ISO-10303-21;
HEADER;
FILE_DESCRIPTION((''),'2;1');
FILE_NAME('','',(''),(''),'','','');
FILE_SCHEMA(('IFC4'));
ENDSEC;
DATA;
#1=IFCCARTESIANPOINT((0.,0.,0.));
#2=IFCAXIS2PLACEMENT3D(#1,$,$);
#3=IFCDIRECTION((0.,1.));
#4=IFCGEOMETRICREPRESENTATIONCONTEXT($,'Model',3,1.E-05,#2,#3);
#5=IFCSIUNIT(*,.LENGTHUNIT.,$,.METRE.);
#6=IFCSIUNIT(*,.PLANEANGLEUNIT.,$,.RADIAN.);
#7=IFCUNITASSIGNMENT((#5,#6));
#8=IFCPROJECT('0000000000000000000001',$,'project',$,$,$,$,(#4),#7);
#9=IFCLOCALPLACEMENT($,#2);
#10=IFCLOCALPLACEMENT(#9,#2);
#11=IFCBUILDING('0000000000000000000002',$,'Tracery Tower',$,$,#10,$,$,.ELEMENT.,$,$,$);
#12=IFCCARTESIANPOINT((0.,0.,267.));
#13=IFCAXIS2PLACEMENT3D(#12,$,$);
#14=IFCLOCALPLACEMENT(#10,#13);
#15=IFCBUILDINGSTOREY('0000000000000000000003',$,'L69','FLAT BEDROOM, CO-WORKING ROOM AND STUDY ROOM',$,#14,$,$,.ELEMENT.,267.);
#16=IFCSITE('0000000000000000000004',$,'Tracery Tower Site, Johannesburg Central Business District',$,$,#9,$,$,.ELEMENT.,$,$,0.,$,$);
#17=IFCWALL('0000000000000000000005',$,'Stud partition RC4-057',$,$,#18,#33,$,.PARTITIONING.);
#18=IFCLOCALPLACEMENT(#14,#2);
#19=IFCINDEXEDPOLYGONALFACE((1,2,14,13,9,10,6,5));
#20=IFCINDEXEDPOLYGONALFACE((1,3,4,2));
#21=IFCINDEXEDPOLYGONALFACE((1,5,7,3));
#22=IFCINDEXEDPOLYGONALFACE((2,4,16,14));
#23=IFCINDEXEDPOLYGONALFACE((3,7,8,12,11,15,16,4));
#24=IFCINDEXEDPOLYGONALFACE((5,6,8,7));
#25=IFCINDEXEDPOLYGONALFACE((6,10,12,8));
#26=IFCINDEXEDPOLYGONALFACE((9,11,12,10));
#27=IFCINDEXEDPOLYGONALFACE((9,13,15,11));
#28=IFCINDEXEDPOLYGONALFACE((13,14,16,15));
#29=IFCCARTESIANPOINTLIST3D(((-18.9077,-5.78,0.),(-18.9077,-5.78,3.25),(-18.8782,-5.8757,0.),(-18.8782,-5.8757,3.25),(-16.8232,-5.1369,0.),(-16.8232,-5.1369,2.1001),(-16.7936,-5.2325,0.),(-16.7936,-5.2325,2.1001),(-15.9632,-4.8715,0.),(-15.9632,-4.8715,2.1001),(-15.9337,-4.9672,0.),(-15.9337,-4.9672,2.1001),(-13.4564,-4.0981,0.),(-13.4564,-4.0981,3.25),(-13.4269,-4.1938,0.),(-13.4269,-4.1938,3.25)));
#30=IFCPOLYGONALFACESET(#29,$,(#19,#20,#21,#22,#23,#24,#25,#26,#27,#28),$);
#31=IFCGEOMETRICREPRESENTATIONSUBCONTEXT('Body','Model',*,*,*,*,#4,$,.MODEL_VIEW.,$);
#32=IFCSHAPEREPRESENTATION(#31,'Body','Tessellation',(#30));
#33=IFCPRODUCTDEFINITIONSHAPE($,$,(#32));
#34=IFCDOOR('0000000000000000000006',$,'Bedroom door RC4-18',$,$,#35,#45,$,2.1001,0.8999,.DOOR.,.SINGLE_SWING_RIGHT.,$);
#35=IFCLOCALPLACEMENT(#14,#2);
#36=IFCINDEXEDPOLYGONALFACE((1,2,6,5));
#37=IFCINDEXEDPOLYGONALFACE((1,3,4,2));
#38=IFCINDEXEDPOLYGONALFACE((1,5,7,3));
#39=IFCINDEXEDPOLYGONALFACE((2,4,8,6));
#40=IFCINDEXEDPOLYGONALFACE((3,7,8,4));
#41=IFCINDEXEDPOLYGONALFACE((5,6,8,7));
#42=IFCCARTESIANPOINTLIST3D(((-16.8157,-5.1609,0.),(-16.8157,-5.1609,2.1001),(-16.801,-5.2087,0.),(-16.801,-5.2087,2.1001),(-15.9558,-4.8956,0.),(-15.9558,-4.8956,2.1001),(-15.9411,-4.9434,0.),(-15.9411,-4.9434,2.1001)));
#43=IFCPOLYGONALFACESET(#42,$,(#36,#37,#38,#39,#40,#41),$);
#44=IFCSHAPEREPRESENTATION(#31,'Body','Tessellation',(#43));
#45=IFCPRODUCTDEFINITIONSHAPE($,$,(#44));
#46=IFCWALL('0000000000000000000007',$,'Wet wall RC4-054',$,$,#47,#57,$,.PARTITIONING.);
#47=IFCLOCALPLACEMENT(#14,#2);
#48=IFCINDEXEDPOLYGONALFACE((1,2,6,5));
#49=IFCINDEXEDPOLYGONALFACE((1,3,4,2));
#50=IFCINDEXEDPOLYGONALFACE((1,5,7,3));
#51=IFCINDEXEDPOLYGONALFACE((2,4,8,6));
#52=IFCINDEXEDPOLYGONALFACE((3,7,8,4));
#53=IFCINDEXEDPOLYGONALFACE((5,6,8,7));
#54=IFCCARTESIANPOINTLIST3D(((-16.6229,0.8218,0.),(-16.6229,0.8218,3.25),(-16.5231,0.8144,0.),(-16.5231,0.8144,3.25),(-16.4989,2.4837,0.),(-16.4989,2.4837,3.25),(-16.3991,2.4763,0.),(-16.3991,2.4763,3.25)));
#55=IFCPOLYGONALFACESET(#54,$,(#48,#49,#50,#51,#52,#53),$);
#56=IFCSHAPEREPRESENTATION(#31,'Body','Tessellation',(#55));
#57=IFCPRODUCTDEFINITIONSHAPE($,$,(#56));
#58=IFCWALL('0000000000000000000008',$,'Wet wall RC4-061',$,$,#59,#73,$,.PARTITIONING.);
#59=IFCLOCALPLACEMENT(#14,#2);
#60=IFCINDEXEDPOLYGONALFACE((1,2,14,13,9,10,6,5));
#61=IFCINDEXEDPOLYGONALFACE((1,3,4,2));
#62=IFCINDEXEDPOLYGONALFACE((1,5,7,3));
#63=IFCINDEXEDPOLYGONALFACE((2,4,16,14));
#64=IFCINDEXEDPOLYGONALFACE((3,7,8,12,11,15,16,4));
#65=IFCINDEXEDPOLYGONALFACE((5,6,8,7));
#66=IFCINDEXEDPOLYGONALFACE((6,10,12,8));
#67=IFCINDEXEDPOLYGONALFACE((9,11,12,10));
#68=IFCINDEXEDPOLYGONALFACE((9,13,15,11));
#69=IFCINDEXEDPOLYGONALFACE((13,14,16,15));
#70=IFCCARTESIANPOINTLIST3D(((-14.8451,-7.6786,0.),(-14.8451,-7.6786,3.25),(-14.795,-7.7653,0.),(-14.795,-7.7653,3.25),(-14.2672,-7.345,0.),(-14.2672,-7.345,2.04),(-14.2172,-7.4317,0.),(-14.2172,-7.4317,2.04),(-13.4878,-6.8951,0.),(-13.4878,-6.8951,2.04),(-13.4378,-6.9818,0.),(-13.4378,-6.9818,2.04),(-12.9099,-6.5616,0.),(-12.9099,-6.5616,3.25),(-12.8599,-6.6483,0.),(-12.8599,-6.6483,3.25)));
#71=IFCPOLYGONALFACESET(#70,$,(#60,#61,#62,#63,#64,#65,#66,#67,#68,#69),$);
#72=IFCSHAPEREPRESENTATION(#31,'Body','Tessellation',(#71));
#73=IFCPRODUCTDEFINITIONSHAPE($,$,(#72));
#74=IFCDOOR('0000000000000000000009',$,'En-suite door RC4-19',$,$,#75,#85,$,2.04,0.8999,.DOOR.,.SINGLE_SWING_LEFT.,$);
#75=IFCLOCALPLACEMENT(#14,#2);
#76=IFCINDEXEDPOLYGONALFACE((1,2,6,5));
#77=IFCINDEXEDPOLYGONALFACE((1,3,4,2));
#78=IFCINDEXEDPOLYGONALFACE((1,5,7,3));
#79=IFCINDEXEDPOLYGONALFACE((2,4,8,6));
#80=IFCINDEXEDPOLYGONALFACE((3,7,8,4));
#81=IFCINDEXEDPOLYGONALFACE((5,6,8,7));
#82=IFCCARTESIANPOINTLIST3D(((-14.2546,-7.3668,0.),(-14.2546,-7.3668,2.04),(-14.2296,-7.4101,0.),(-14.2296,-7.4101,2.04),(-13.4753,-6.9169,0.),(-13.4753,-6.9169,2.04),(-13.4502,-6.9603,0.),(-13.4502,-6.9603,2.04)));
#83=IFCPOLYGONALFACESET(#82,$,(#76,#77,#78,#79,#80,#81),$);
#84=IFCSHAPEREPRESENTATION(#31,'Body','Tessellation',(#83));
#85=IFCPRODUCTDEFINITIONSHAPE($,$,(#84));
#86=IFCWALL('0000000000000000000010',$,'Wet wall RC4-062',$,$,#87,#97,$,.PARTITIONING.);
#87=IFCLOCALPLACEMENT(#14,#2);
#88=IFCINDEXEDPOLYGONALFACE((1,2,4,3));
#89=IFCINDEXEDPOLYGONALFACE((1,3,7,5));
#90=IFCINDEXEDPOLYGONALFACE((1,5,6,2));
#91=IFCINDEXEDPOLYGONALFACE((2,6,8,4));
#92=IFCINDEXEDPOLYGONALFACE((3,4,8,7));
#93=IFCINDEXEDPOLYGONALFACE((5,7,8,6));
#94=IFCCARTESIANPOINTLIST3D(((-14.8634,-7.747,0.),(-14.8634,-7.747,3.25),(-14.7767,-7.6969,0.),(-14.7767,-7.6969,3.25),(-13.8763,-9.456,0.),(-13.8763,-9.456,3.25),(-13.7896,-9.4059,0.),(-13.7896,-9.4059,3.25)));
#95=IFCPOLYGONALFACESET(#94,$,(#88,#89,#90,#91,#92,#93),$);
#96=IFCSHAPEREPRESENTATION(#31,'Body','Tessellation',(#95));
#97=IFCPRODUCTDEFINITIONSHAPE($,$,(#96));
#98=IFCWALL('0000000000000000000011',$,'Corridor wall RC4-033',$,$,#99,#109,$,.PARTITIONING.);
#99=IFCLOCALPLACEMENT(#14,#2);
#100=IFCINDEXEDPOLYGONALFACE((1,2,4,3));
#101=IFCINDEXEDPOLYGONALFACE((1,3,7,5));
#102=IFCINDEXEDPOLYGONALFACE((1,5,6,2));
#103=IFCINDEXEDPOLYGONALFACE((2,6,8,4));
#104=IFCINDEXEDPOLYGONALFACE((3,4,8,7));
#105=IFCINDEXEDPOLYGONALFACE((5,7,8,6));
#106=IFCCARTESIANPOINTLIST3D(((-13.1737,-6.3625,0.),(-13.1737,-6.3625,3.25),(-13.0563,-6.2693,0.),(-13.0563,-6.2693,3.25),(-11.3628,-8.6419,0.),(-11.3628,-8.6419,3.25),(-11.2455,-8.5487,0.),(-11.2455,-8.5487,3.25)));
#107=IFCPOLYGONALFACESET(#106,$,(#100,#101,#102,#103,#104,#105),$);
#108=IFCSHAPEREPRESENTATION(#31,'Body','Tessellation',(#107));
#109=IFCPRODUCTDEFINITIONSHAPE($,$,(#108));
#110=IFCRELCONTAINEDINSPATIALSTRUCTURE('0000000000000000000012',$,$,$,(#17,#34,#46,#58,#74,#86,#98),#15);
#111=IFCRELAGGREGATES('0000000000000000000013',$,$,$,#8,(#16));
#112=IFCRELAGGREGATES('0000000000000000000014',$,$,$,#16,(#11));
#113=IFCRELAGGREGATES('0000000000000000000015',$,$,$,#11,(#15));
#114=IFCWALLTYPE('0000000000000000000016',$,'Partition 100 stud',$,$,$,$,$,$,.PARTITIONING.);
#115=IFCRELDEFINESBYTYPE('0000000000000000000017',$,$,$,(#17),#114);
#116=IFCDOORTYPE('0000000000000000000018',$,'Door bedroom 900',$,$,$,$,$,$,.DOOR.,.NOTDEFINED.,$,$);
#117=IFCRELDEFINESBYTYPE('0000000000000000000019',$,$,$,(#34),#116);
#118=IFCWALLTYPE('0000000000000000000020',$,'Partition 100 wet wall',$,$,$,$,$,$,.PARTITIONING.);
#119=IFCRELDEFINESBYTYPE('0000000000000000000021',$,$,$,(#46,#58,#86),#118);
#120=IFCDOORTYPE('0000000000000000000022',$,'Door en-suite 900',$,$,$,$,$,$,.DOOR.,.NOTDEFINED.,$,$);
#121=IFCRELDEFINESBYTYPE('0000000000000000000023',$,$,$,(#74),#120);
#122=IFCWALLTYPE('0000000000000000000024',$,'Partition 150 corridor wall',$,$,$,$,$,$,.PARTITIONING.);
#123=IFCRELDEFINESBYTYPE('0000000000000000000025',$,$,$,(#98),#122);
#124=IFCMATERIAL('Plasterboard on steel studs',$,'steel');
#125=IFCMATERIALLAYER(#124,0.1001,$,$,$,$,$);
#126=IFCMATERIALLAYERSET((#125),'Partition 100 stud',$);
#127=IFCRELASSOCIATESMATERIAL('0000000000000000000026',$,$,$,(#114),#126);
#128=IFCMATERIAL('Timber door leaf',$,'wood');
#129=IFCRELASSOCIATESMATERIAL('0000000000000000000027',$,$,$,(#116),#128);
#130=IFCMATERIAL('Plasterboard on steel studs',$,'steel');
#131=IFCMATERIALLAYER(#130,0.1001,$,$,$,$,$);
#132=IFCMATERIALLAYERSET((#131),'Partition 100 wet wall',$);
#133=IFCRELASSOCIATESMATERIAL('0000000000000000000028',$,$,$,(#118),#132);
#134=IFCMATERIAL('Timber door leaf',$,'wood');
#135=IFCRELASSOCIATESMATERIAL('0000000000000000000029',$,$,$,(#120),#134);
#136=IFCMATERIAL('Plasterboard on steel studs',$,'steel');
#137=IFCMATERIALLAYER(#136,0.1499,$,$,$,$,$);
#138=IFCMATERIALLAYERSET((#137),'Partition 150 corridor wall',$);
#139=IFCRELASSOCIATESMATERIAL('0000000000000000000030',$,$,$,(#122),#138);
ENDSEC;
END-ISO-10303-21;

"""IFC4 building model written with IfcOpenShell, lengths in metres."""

from ifc_helpers import new_model, si_unit, direction, frame, frame_2d, origin, place, context, subcontext, project, spatial, rectangle, extrude, material, layer, layer_set, type_object, element, fill, save


model = new_model("IFC4")

# Units and contexts
model_context = context("Model", 3, precision=1e-05, world=origin(), true_north=direction((0.0, 1.0)))
body_context = subcontext(model_context, "Body", "Model", "MODEL_VIEW")
ifc_project = project(units=[si_unit("LENGTHUNIT", "METRE"), si_unit("PLANEANGLEUNIT", "RADIAN")], contexts=[model_context])

# Site, building, storey
site_placement = place(None, origin())
site = spatial("IfcSite", under=ifc_project, at=site_placement, Name="Tracery Tower Site, Johannesburg Central Business District", CompositionType="ELEMENT", RefElevation=0.0)
building_placement = place(site_placement, origin())
building = spatial("IfcBuilding", under=site, at=building_placement, Name="Tracery Tower", CompositionType="ELEMENT")
storey_placement = place(building_placement, frame((0.0, 0.0, 267.0)))
storey = spatial("IfcBuildingStorey", under=building, at=storey_placement, Name="L69", Description="FLAT BEDROOM, CO-WORKING ROOM AND STUDY ROOM", CompositionType="ELEMENT", Elevation=267.0)

# Wall, opening, door
ifc_material_1 = material(Name="Plasterboard on steel studs", Category="steel")
ifc_layer_1 = layer(ifc_material_1, 0.1001)
ifc_layer_set_1 = layer_set([ifc_layer_1], Name="Partition 100 stud")
wall_type_1 = type_object("IfcWallType", Name="Partition 100 stud", PredefinedType="PARTITIONING", material=ifc_layer_set_1)
wall_1_placement = place(storey_placement, frame((-18.8931, -5.8279, 0.0), z_axis=(0.0, 0.0, 1.0), x_axis=(0.955552, 0.294823, 0.0)))
wall_1 = element("IfcWall", 1, at=wall_1_placement, inside=storey, type_object=wall_type_1, Name="Stud partition RC4-057", PredefinedType="PARTITIONING", context=body_context, shape_type="SweptSolid", body=[
    extrude(rectangle(XDim=5.7048, YDim=0.1001, at=frame_2d((2.8525, 0.0))), origin(), (0.0, 0.0, 1.0), 3.25),
])
opening_1_placement = place(wall_1_placement, frame((2.1816, 0.0, 0.0)))
opening_1 = element("IfcOpeningElement", 2, at=opening_1_placement, cuts=wall_1, PredefinedType="OPENING", context=body_context, shape_type="SweptSolid", body=[
    extrude(rectangle(XDim=0.8999, YDim=2.1001, at=frame_2d((0.45, 1.05))), frame((0.0, 0.05, 0.0), z_axis=(0.0, -1.0, 0.0), x_axis=(1.0, 0.0, 0.0)), (0.0, 0.0, 1.0), 0.1001),
])
ifc_material_2 = material(Name="Timber door leaf", Category="wood")
door_type_1 = type_object("IfcDoorType", Name="Door bedroom 900", OperationType="NOTDEFINED", PredefinedType="DOOR", material=ifc_material_2)
door_1_placement = place(opening_1_placement, origin())
door_1 = element("IfcDoor", 3, at=door_1_placement, inside=storey, type_object=door_type_1, Name="Bedroom door RC4-18", OperationType="SINGLE_SWING_RIGHT", OverallHeight=2.1001, OverallWidth=0.8999, PredefinedType="DOOR", context=body_context, shape_type="SweptSolid", body=[
    extrude(rectangle(XDim=0.8999, YDim=2.1001, at=frame_2d((0.45, 1.05))), frame((0.0, 0.0249, 0.0), z_axis=(0.0, -1.0, 0.0), x_axis=(1.0, 0.0, 0.0)), (0.0, 0.0, 1.0), 0.05),
])
fill(opening_1, door_1)

# Wall
ifc_material_3 = material(Name="Plasterboard on steel studs", Category="steel")
ifc_layer_2 = layer(ifc_material_3, 0.1001)
ifc_layer_set_2 = layer_set([ifc_layer_2], Name="Partition 100 wet wall")
wall_type_2 = type_object("IfcWallType", Name="Partition 100 wet wall", PredefinedType="PARTITIONING", material=ifc_layer_set_2)
wall_2_placement = place(storey_placement, frame((-16.573, 0.8181, 0.0), z_axis=(0.0, 0.0, 1.0), x_axis=(0.074422, 0.997227, 0.0)))
element("IfcWall", 4, at=wall_2_placement, inside=storey, type_object=wall_type_2, Name="Wet wall RC4-054", PredefinedType="PARTITIONING", context=body_context, shape_type="SweptSolid", body=[
    extrude(rectangle(XDim=1.6665, YDim=0.1001, at=frame_2d((0.8333, 0.0))), origin(), (0.0, 0.0, 1.0), 3.25),
])

# Wall, opening, door
wall_3_placement = place(storey_placement, frame((-14.8201, -7.7219, 0.0), z_axis=(0.0, 0.0, 1.0), x_axis=(0.866076, 0.499912, 0.0)))
wall_3 = element("IfcWall", 5, at=wall_3_placement, inside=storey, type_object=wall_type_2, Name="Wet wall RC4-061", PredefinedType="PARTITIONING", context=body_context, shape_type="SweptSolid", body=[
    extrude(rectangle(XDim=2.2344, YDim=0.1001, at=frame_2d((1.1172, 0.0))), origin(), (0.0, 0.0, 1.0), 3.25),
])
opening_2_placement = place(wall_3_placement, frame((0.6672, 0.0, 0.0)))
opening_2 = element("IfcOpeningElement", 6, at=opening_2_placement, cuts=wall_3, PredefinedType="OPENING", context=body_context, shape_type="SweptSolid", body=[
    extrude(rectangle(XDim=0.8999, YDim=2.04, at=frame_2d((0.45, 1.02))), frame((0.0, 0.05, 0.0), z_axis=(0.0, -1.0, 0.0), x_axis=(1.0, 0.0, 0.0)), (0.0, 0.0, 1.0), 0.1001),
])
ifc_material_4 = material(Name="Timber door leaf", Category="wood")
door_type_2 = type_object("IfcDoorType", Name="Door en-suite 900", OperationType="NOTDEFINED", PredefinedType="DOOR", material=ifc_material_4)
door_2_placement = place(opening_2_placement, origin())
door_2 = element("IfcDoor", 7, at=door_2_placement, inside=storey, type_object=door_type_2, Name="En-suite door RC4-19", OperationType="SINGLE_SWING_LEFT", OverallHeight=2.04, OverallWidth=0.8999, PredefinedType="DOOR", context=body_context, shape_type="SweptSolid", body=[
    extrude(rectangle(XDim=0.8999, YDim=2.04, at=frame_2d((0.45, 1.02))), frame((0.0, 0.0249, 0.0), z_axis=(0.0, -1.0, 0.0), x_axis=(1.0, 0.0, 0.0)), (0.0, 0.0, 1.0), 0.05),
])
fill(opening_2, door_2)

# Walls
wall_4_placement = place(storey_placement, frame((-14.8201, -7.7219, 0.0), z_axis=(0.0, 0.0, 1.0), x_axis=(0.500144, -0.865942, 0.0)))
element("IfcWall", 8, at=wall_4_placement, inside=storey, type_object=wall_type_2, Name="Wet wall RC4-062", PredefinedType="PARTITIONING", context=body_context, shape_type="SweptSolid", body=[
    extrude(rectangle(XDim=1.9736, YDim=0.1001, at=frame_2d((0.9868, 0.0))), origin(), (0.0, 0.0, 1.0), 3.25),
])
ifc_material_5 = material(Name="Plasterboard on steel studs", Category="steel")
ifc_layer_3 = layer(ifc_material_5, 0.1499)
ifc_layer_set_3 = layer_set([ifc_layer_3], Name="Partition 150 corridor wall")
wall_type_3 = type_object("IfcWallType", Name="Partition 150 corridor wall", PredefinedType="PARTITIONING", material=ifc_layer_set_3)
wall_5_placement = place(storey_placement, frame((-13.115, -6.3159, 0.0), z_axis=(0.0, 0.0, 1.0), x_axis=(0.622042, -0.782983, 0.0)))
element("IfcWall", 9, at=wall_5_placement, inside=storey, type_object=wall_type_3, Name="Corridor wall RC4-033", PredefinedType="PARTITIONING", context=body_context, shape_type="SweptSolid", body=[
    extrude(rectangle(XDim=2.9111, YDim=0.1499, at=frame_2d((1.4556, 0.0))), origin(), (0.0, 0.0, 1.0), 3.25),
])

save(model, "model.ifc")
